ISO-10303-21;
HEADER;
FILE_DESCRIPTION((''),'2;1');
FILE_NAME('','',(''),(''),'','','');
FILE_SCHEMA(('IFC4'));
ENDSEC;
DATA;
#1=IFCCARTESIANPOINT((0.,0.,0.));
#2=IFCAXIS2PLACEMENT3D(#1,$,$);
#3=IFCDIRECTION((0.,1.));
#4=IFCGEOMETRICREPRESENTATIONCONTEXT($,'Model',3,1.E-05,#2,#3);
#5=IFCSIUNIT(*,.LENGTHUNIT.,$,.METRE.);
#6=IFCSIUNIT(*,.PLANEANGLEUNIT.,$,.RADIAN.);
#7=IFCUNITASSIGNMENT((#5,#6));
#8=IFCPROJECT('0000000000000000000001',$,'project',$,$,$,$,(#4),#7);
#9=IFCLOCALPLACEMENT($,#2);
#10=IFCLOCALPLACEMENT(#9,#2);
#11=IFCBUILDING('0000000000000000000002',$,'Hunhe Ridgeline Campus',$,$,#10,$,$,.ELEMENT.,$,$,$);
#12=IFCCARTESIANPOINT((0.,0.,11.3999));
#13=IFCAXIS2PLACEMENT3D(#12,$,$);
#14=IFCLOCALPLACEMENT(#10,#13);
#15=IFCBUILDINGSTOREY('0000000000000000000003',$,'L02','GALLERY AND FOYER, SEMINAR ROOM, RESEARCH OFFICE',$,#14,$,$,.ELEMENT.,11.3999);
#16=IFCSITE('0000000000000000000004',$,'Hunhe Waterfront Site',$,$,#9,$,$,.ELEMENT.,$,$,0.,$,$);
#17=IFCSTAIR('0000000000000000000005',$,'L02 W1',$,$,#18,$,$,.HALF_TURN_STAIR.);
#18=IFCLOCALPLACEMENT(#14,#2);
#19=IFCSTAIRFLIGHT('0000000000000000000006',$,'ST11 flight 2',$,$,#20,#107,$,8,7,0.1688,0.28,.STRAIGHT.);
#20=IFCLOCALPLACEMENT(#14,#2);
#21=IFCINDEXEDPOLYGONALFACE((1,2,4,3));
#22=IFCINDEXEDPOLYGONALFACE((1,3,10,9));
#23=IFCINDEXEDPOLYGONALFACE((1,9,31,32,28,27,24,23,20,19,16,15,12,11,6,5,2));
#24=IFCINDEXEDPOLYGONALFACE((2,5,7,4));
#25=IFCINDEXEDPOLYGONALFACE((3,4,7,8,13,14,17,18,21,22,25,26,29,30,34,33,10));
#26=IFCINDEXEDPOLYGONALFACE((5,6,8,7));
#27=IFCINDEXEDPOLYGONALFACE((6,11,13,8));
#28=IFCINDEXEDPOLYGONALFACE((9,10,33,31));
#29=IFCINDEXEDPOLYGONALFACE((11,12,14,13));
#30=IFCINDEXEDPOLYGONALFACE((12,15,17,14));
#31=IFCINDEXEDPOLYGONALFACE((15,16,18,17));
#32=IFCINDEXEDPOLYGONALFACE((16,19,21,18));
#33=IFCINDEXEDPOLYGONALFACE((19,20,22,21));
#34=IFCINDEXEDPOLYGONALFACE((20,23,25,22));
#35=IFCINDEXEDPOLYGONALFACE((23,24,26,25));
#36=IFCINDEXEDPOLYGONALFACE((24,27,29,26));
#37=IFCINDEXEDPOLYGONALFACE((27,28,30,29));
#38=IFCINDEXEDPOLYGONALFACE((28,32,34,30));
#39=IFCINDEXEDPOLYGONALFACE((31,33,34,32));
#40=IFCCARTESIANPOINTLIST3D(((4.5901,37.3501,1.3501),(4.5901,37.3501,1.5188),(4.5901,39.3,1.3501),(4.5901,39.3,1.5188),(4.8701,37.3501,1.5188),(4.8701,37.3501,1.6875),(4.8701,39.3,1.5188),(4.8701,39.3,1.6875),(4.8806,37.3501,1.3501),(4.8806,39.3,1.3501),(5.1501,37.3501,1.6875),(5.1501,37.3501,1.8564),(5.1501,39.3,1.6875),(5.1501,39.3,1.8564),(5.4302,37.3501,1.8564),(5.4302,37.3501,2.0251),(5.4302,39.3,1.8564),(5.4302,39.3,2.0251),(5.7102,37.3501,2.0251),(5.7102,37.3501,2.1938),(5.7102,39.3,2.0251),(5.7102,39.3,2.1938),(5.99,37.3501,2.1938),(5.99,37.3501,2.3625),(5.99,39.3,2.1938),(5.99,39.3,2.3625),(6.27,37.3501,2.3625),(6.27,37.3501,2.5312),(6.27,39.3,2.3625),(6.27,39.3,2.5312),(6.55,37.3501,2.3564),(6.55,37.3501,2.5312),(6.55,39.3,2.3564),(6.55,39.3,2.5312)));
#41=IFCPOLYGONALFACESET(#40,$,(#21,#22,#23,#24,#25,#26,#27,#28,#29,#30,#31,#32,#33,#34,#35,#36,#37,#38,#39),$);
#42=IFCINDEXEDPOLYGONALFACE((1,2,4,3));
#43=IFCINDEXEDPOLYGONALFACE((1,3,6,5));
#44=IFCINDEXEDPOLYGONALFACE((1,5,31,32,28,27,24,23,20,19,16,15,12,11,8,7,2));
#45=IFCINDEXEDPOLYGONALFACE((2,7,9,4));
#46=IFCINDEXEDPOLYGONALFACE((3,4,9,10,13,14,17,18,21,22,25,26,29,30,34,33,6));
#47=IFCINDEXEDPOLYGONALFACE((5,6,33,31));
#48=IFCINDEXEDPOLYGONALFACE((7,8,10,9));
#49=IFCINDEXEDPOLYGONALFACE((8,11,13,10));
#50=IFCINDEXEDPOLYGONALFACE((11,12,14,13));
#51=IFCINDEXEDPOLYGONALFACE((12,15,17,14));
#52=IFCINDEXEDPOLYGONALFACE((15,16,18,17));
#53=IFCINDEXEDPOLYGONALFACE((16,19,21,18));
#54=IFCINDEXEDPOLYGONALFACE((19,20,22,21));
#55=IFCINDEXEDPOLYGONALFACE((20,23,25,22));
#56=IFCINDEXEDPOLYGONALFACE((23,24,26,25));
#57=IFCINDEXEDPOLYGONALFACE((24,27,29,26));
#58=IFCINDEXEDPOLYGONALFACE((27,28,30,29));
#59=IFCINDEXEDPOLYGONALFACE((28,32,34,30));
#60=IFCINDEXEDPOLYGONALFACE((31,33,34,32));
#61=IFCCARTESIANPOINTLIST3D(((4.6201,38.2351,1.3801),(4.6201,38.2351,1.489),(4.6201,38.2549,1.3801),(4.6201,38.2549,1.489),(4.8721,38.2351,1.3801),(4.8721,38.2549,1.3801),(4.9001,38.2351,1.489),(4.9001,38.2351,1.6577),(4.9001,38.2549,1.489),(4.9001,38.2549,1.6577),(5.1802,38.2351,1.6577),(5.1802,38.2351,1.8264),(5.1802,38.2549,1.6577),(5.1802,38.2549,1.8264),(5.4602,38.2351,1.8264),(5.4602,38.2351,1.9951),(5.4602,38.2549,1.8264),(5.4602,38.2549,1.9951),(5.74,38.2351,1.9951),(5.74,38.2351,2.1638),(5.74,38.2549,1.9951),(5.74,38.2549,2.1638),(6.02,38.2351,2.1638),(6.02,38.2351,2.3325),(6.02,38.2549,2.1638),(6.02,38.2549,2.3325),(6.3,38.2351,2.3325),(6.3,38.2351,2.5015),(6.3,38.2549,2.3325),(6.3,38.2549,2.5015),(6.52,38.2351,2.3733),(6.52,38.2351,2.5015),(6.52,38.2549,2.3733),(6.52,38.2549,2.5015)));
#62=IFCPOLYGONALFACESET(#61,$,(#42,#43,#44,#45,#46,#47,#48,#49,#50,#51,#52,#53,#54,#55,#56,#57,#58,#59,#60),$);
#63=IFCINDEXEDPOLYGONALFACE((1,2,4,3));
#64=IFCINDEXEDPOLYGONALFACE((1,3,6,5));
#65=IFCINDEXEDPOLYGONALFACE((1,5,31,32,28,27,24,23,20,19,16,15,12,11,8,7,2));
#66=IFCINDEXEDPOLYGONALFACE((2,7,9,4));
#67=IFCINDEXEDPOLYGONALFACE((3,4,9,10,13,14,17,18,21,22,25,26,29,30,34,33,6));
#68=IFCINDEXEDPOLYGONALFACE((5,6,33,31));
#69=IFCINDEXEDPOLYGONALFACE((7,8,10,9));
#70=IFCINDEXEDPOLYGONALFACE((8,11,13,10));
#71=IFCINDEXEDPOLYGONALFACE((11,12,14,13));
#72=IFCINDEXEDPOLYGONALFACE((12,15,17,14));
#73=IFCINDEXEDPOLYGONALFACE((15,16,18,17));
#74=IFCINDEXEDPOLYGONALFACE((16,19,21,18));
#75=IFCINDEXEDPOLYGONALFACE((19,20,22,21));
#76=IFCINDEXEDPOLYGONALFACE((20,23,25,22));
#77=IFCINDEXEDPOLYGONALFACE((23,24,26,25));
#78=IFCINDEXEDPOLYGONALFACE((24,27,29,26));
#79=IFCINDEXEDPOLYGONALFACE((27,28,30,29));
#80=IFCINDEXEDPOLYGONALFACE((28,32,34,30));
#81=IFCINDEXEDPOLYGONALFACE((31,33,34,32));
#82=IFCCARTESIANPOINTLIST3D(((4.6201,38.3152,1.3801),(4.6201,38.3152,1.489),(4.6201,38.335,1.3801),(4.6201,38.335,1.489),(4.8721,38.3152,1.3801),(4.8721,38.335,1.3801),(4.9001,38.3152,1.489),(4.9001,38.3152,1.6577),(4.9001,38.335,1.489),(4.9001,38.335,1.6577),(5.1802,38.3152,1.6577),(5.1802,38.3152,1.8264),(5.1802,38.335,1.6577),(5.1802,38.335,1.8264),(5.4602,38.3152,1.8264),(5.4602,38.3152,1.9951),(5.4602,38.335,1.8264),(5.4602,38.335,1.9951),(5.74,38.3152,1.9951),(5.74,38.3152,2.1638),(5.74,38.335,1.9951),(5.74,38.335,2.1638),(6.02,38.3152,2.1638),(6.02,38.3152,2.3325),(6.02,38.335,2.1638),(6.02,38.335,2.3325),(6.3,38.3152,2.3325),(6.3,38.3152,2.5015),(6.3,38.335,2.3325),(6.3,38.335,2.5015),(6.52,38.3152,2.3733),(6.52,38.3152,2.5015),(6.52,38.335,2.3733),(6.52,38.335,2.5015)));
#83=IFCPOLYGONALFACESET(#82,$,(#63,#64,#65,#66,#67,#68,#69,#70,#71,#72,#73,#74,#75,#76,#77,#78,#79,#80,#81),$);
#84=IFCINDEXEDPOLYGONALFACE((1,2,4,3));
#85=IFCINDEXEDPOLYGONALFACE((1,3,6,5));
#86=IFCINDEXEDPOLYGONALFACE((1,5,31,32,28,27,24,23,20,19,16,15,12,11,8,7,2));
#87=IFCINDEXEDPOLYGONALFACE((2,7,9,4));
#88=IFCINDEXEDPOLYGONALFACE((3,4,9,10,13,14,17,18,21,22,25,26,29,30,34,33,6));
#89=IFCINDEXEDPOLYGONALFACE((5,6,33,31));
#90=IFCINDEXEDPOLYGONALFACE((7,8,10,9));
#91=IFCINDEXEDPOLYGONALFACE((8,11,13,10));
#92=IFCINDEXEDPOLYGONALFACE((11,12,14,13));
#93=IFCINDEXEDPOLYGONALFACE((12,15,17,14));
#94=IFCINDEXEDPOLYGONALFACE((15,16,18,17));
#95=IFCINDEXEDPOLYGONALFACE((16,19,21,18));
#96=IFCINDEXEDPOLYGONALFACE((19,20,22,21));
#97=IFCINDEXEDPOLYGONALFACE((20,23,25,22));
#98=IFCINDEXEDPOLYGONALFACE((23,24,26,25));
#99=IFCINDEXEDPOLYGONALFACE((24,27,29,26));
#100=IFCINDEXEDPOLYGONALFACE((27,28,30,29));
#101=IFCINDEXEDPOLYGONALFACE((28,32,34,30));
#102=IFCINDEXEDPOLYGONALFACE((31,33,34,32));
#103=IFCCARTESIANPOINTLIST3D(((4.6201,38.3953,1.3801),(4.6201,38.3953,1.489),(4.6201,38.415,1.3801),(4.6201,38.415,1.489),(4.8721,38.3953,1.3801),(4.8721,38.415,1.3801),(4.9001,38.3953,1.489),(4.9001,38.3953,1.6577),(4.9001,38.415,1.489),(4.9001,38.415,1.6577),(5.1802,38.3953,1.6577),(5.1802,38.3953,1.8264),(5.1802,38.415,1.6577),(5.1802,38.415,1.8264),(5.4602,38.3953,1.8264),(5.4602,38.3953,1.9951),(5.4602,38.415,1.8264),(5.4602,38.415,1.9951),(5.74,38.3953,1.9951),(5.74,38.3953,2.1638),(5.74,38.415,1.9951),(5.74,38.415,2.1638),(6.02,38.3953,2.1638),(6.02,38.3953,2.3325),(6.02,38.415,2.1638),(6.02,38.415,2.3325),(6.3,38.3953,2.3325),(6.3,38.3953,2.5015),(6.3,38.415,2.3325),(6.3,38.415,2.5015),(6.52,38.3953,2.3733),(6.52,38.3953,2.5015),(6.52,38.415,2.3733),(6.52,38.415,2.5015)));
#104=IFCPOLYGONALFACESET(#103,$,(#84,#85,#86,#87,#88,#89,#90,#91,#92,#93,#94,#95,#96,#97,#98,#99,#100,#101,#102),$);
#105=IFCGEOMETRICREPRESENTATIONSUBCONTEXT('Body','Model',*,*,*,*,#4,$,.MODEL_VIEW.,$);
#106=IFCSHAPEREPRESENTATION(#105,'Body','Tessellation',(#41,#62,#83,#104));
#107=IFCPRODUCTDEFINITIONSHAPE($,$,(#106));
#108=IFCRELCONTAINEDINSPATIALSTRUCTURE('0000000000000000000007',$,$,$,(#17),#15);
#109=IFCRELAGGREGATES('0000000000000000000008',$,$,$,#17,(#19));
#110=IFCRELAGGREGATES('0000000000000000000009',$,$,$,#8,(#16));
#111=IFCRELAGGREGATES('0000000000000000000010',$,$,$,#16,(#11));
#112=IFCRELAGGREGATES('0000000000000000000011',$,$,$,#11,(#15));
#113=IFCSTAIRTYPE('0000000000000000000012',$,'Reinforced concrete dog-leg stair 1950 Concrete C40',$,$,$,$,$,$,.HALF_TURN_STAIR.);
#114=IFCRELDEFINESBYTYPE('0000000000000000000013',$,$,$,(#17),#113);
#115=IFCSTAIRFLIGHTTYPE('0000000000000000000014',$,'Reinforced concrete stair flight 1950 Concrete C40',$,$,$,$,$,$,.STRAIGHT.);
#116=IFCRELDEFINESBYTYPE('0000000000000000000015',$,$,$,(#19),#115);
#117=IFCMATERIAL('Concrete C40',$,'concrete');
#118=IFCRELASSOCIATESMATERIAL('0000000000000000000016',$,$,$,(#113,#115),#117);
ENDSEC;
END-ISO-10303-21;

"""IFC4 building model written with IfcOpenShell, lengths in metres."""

from ifc_helpers import new_model, si_unit, direction, frame, origin, place, context, subcontext, project, spatial, polyline, outline, extrude, material, type_object, element, aggregate, save


model = new_model("IFC4")

# Units and contexts
model_context = context("Model", 3, precision=1e-05, world=origin(), true_north=direction((0.0, 1.0)))
body_context = subcontext(model_context, "Body", "Model", "MODEL_VIEW")
ifc_project = project(units=[si_unit("LENGTHUNIT", "METRE"), si_unit("PLANEANGLEUNIT", "RADIAN")], contexts=[model_context])

# Site, building, storey
site_placement = place(None, origin())
site = spatial("IfcSite", under=ifc_project, at=site_placement, Name="Hunhe Waterfront Site", CompositionType="ELEMENT", RefElevation=0.0)
building_placement = place(site_placement, origin())
building = spatial("IfcBuilding", under=site, at=building_placement, Name="Hunhe Ridgeline Campus", CompositionType="ELEMENT")
storey_placement = place(building_placement, frame((0.0, 0.0, 11.3999)))
storey = spatial("IfcBuildingStorey", under=building, at=storey_placement, Name="L02", Description="GALLERY AND FOYER, SEMINAR ROOM, RESEARCH OFFICE", CompositionType="ELEMENT", Elevation=11.3999)

# Stair, stair flight
ifc_material_1 = material(Name="Concrete C40", Category="concrete")
stair_type = type_object("IfcStairType", Name="Reinforced concrete dog-leg stair 1950 Concrete C40", PredefinedType="HALF_TURN_STAIR", material=ifc_material_1)
stair_flight_type = type_object("IfcStairFlightType", Name="Reinforced concrete stair flight 1950 Concrete C40", PredefinedType="STRAIGHT", material=ifc_material_1)
stair_1_placement = place(storey_placement, origin())
stair_1 = element("IfcStair", 1, at=stair_1_placement, inside=storey, type_object=stair_type, Name="L02 W1", PredefinedType="HALF_TURN_STAIR")
stair_flight_1_placement = place(storey_placement, frame((4.5901, 38.325, 1.3501), z_axis=(0.0, 0.0, 1.0), x_axis=(1.0, 0.0, 0.0)))
stair_flight_1 = element("IfcStairFlight", 2, at=stair_flight_1_placement, type_object=stair_flight_type, Name="ST11 flight 2", NumberOfRisers=8, NumberOfTreads=7, PredefinedType="STRAIGHT", RiserHeight=0.1688, TreadLength=0.28, context=body_context, shape_type="SweptSolid", body=[
    extrude(outline(polyline([(0.0, 0.0), (0.0, 0.1687), (0.28, 0.1687), (0.28, 0.3374), (0.5601, 0.3374), (0.5601, 0.5063), (0.8401, 0.5063), (0.8401, 0.675), (1.1201, 0.675), (1.1201, 0.8438), (1.3999, 0.8438), (1.3999, 1.0125), (1.6799, 1.0125), (1.6799, 1.1812), (1.96, 1.1812), (1.96, 1.3501), (1.96, 1.0063), (0.2905, 0.0), (0.0, 0.0)])), frame((0.0, 0.9751, 0.0), z_axis=(0.0, -1.0, 0.0), x_axis=(1.0, 0.0, 0.0)), (0.0, 0.0, 1.0), 1.95),
    extrude(outline(polyline([(0.03, 0.03), (0.03, 0.1389), (0.3101, 0.1389), (0.3101, 0.3076), (0.5901, 0.3076), (0.5901, 0.4763), (0.8701, 0.4763), (0.8701, 0.645), (1.1499, 0.645), (1.1499, 0.8137), (1.4299, 0.8137), (1.4299, 0.9824), (1.71, 0.9824), (1.71, 1.1514), (1.9299, 1.1514), (1.9299, 1.0232), (0.282, 0.03), (0.03, 0.03)])), frame((0.0, -0.0701, 0.0), z_axis=(0.0, -1.0, 0.0), x_axis=(1.0, 0.0, 0.0)), (0.0, 0.0, 1.0), 0.0198),
    extrude(outline(polyline([(0.03, 0.03), (0.03, 0.1389), (0.3101, 0.1389), (0.3101, 0.3076), (0.5901, 0.3076), (0.5901, 0.4763), (0.8701, 0.4763), (0.8701, 0.645), (1.1499, 0.645), (1.1499, 0.8137), (1.4299, 0.8137), (1.4299, 0.9824), (1.71, 0.9824), (1.71, 1.1514), (1.9299, 1.1514), (1.9299, 1.0232), (0.282, 0.03), (0.03, 0.03)])), frame((0.0, 0.01, 0.0), z_axis=(0.0, -1.0, 0.0), x_axis=(1.0, 0.0, 0.0)), (0.0, 0.0, 1.0), 0.0198),
    extrude(outline(polyline([(0.03, 0.03), (0.03, 0.1389), (0.3101, 0.1389), (0.3101, 0.3076), (0.5901, 0.3076), (0.5901, 0.4763), (0.8701, 0.4763), (0.8701, 0.645), (1.1499, 0.645), (1.1499, 0.8137), (1.4299, 0.8137), (1.4299, 0.9824), (1.71, 0.9824), (1.71, 1.1514), (1.9299, 1.1514), (1.9299, 1.0232), (0.282, 0.03), (0.03, 0.03)])), frame((0.0, 0.0901, 0.0), z_axis=(0.0, -1.0, 0.0), x_axis=(1.0, 0.0, 0.0)), (0.0, 0.0, 1.0), 0.0198),
])
aggregate(stair_1, [stair_flight_1])

save(model, "model.ifc")
